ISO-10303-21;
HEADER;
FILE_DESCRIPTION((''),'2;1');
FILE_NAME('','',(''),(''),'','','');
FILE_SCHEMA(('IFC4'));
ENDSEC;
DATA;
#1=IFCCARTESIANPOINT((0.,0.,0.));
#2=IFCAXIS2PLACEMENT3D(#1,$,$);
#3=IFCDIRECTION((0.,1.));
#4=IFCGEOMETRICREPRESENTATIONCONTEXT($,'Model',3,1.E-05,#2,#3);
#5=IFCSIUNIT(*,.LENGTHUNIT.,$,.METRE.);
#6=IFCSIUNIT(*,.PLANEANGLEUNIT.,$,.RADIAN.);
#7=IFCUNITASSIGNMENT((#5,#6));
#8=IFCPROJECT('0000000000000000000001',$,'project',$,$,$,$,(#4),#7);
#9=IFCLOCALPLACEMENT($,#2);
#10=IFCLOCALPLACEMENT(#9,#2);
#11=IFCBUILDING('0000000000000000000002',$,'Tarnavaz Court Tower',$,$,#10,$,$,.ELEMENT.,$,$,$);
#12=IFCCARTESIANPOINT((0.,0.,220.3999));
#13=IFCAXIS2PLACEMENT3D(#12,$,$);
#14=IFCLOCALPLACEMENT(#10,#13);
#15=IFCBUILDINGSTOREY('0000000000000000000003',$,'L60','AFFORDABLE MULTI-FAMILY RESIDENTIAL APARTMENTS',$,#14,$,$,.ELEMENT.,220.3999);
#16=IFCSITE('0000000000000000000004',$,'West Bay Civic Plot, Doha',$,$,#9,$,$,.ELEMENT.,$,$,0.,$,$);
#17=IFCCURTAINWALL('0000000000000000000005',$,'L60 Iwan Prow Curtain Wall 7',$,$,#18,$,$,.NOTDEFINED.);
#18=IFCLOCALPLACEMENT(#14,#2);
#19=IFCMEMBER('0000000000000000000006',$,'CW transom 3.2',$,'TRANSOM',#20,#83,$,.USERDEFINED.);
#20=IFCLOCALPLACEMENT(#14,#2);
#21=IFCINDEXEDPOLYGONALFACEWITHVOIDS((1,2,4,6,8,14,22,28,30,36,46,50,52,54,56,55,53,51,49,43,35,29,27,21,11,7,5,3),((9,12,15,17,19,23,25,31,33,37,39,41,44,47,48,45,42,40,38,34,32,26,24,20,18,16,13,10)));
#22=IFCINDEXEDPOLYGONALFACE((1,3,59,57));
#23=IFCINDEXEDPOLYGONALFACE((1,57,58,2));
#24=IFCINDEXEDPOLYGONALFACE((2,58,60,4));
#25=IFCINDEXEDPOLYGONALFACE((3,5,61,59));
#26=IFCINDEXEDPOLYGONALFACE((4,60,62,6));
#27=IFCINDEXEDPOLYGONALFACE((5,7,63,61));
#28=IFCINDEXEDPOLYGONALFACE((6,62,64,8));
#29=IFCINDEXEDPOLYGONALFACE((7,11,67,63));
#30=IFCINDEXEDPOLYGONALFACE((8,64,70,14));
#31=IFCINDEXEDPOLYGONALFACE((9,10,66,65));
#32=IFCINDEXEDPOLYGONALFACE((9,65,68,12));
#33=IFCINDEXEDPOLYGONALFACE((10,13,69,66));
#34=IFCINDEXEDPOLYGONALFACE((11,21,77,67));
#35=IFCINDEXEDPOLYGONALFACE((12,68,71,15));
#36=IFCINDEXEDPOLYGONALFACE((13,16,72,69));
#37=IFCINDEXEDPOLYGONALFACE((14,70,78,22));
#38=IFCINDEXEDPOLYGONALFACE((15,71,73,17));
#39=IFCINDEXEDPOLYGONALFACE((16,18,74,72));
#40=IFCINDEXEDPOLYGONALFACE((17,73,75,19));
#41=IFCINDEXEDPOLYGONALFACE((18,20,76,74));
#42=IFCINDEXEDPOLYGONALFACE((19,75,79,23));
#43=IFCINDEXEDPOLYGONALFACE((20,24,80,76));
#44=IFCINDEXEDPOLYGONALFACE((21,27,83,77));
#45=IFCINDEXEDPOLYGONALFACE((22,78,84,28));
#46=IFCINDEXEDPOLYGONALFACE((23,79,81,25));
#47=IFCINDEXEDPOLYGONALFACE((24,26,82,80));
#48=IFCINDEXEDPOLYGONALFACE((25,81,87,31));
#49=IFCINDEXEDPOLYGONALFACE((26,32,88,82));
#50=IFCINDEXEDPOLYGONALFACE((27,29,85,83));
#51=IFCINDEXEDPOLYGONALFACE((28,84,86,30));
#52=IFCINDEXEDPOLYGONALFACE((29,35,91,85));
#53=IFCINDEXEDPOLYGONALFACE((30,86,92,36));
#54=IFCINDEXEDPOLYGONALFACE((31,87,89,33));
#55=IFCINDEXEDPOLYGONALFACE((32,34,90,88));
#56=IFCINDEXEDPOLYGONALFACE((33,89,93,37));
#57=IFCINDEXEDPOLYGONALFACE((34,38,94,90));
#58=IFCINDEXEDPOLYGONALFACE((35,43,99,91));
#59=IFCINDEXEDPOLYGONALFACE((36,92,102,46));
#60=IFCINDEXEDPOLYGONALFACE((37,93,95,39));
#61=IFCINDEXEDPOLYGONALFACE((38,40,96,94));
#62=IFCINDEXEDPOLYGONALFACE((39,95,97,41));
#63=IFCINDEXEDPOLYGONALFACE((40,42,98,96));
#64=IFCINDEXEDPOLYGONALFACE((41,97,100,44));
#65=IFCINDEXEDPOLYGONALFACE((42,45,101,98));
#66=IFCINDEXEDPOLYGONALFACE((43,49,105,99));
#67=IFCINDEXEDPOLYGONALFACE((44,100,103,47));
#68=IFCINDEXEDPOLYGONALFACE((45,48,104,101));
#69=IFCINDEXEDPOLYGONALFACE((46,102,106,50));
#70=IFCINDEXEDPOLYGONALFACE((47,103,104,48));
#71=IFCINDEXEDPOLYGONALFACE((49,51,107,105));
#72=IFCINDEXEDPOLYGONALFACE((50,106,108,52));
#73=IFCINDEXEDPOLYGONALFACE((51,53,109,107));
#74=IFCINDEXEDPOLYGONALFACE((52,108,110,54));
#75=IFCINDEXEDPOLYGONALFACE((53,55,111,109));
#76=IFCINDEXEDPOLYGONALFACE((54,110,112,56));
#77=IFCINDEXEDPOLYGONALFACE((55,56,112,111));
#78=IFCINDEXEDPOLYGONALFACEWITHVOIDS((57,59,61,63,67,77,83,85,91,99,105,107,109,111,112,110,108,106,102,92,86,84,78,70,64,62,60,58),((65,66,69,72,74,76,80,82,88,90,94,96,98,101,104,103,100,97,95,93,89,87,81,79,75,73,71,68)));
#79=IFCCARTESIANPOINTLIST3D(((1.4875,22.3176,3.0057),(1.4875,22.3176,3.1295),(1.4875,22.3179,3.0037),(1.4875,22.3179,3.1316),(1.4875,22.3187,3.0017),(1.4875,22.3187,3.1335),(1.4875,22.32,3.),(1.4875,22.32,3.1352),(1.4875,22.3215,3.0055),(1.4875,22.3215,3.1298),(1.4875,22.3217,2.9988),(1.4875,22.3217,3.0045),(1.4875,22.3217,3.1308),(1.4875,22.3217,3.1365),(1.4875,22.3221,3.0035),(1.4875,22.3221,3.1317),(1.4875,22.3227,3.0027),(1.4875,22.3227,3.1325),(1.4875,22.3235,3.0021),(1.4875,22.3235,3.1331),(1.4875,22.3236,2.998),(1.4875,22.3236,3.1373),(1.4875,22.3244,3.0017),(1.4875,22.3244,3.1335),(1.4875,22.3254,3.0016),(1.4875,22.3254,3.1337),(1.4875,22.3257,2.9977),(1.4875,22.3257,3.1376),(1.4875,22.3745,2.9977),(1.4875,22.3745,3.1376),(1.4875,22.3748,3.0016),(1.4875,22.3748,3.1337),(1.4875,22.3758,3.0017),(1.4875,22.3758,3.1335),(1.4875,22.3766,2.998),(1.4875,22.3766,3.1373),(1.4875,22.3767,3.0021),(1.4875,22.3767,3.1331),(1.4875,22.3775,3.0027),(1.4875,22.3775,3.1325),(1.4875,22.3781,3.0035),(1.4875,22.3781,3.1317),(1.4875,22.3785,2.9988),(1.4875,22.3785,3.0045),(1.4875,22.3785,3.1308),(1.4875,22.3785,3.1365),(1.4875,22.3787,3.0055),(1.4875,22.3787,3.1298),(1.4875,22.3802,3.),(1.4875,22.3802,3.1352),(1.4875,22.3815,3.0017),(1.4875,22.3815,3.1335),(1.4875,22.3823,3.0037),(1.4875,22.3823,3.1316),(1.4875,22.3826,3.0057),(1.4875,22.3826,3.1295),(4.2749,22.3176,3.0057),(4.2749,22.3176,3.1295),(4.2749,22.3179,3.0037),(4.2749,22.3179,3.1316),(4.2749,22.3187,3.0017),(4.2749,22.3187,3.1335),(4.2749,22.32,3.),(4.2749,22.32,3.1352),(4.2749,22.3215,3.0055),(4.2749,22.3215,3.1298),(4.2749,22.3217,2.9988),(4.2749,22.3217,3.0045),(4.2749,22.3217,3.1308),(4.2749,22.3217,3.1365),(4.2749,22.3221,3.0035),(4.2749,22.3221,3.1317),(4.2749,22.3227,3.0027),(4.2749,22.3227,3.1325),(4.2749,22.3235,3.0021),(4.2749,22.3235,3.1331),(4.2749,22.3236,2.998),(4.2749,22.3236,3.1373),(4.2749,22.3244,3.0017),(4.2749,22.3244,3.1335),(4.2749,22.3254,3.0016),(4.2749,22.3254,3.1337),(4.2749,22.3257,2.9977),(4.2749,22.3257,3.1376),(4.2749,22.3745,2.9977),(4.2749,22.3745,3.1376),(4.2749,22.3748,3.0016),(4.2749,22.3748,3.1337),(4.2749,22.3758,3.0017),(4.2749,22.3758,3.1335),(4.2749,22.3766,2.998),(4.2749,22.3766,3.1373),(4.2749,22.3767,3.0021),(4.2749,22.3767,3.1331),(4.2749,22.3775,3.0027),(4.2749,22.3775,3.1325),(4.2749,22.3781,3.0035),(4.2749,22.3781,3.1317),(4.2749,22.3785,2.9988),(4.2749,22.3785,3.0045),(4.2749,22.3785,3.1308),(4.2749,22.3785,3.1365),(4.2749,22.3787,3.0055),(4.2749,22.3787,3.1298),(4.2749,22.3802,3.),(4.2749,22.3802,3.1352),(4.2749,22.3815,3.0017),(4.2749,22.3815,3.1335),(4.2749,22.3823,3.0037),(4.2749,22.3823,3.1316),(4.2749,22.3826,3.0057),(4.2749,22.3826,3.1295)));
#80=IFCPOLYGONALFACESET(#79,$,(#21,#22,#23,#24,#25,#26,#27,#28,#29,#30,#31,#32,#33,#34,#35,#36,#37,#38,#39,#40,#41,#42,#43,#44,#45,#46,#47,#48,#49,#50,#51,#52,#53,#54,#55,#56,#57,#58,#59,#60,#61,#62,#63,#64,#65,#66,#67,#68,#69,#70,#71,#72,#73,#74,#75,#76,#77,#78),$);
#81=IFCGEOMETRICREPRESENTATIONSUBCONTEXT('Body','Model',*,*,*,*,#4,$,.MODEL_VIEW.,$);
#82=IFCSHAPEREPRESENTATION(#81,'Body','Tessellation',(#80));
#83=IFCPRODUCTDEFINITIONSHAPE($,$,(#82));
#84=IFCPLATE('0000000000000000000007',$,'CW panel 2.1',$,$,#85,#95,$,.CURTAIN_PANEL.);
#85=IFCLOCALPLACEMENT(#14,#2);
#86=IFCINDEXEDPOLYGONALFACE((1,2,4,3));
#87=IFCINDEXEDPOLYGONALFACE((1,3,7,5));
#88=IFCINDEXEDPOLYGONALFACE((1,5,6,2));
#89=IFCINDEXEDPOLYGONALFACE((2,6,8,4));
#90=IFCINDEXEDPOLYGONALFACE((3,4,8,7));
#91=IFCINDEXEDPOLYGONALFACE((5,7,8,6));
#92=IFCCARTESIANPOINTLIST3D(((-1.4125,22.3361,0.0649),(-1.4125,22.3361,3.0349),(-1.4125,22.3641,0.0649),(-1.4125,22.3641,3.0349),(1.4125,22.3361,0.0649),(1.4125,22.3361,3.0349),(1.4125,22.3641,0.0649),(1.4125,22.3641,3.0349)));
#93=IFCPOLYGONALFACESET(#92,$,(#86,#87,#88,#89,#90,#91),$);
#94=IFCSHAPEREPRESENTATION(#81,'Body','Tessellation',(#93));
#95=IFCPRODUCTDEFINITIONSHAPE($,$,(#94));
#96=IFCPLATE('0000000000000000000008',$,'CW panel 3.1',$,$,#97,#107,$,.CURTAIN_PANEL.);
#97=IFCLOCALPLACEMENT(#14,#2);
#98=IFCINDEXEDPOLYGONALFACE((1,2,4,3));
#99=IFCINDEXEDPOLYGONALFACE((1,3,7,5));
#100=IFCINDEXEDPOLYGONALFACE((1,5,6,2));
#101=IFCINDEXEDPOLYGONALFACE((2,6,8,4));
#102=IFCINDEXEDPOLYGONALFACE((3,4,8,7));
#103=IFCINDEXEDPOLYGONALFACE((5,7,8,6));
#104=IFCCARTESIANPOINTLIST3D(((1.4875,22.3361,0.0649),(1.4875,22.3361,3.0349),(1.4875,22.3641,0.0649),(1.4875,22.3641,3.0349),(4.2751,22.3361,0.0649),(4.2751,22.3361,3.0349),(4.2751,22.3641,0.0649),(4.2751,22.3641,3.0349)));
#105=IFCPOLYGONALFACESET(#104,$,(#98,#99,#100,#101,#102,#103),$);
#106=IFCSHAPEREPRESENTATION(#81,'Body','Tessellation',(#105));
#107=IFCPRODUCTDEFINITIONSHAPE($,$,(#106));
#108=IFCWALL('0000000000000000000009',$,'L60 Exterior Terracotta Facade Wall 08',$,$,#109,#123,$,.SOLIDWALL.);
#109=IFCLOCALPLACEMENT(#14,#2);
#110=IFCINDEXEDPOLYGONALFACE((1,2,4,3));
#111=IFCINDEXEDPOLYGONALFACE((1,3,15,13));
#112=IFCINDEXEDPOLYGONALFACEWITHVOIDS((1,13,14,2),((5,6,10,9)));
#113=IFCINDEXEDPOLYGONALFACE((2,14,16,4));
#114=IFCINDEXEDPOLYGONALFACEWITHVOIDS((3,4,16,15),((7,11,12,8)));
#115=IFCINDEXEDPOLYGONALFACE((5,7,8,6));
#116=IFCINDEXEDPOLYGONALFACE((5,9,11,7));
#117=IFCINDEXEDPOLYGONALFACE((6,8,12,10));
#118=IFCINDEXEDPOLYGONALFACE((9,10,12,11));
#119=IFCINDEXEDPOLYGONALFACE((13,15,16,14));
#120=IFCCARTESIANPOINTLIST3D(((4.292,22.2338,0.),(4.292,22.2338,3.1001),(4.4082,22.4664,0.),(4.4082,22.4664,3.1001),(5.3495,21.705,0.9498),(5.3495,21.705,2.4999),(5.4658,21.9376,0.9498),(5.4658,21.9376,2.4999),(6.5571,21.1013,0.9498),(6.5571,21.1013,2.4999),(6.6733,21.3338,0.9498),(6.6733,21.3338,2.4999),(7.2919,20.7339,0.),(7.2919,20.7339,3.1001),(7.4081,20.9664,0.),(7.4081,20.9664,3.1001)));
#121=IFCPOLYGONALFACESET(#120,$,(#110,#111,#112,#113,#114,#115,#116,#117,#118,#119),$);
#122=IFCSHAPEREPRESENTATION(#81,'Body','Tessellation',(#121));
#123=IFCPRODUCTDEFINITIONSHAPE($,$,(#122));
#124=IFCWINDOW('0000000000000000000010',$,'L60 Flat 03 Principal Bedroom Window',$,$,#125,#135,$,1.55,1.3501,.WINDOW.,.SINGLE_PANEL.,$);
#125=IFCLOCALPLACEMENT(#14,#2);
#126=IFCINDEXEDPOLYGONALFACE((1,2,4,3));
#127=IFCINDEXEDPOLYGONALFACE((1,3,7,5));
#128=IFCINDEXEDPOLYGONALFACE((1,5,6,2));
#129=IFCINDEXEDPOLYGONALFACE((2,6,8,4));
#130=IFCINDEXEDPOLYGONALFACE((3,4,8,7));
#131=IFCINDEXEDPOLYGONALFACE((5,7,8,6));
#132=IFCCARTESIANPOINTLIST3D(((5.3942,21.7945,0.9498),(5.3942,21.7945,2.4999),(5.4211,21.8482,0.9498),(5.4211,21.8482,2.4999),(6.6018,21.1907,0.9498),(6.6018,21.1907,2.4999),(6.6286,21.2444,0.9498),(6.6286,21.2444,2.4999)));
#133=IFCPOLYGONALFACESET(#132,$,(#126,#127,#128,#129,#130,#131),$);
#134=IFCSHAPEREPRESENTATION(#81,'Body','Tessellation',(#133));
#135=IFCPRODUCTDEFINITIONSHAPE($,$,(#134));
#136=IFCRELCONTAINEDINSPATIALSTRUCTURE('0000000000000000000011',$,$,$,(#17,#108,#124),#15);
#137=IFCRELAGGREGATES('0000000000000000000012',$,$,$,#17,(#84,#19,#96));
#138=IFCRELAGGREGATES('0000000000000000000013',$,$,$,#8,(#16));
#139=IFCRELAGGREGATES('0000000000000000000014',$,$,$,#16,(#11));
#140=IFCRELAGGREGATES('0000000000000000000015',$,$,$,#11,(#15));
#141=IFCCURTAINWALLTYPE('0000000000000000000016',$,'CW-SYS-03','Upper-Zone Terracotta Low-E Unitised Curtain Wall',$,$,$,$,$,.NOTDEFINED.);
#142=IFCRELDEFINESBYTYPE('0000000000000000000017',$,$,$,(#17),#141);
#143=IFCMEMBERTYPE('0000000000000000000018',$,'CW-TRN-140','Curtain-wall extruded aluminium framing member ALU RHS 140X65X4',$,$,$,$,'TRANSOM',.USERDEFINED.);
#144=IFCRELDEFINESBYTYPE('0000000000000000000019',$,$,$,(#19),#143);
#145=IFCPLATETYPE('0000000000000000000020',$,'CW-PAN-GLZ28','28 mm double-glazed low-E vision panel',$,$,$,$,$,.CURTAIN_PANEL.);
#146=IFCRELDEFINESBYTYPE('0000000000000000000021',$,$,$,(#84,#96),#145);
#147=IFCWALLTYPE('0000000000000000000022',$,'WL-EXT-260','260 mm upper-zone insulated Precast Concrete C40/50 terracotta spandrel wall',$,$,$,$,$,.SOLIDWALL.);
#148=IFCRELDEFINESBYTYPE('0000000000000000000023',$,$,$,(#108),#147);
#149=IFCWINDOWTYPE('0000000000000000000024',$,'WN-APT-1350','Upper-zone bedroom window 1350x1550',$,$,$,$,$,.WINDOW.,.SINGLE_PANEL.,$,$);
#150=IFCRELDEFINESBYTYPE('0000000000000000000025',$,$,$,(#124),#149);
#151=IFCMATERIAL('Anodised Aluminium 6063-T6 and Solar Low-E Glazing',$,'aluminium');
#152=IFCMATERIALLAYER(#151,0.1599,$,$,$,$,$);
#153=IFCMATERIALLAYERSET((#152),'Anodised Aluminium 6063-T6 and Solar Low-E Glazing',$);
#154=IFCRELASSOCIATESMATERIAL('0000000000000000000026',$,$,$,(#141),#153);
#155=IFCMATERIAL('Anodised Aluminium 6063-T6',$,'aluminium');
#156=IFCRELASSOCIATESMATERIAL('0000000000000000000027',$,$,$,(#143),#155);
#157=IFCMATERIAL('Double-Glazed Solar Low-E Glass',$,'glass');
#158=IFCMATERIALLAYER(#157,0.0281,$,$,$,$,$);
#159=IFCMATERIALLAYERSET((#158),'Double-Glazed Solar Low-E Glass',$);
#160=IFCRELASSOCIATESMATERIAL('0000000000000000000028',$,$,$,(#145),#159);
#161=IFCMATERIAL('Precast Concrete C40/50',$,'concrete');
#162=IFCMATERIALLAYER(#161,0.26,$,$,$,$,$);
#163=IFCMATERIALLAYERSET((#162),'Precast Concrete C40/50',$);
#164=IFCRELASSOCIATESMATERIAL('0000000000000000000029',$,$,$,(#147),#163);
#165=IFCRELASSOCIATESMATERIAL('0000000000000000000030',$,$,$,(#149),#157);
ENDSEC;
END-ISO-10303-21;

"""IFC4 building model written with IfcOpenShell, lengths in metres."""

from ifc_helpers import new_model, si_unit, direction, frame, frame_2d, origin, origin_2d, place, context, subcontext, project, spatial, rectangle, hollow_rectangle, extrude, material, layer, layer_set, material_profile, profile_set, type_object, element, fill, aggregate, save


model = new_model("IFC4")

# Units and contexts
model_context = context("Model", 3, precision=1e-05, world=origin(), true_north=direction((0.0, 1.0)))
body_context = subcontext(model_context, "Body", "Model", "MODEL_VIEW")
ifc_project = project(units=[si_unit("LENGTHUNIT", "METRE"), si_unit("PLANEANGLEUNIT", "RADIAN")], contexts=[model_context])

# Site, building, storey
site_placement = place(None, origin())
site = spatial("IfcSite", under=ifc_project, at=site_placement, Name="West Bay Civic Plot, Doha", CompositionType="ELEMENT", RefElevation=0.0)
building_placement = place(site_placement, origin())
building = spatial("IfcBuilding", under=site, at=building_placement, Name="Tarnavaz Court Tower", CompositionType="ELEMENT")
storey_placement = place(building_placement, frame((0.0, 0.0, 220.3999)))
storey = spatial("IfcBuildingStorey", under=building, at=storey_placement, Name="L60", Description="AFFORDABLE MULTI-FAMILY RESIDENTIAL APARTMENTS", CompositionType="ELEMENT", Elevation=220.3999)

# Curtain wall, member, plates
ifc_material_1 = material(Name="Anodised Aluminium 6063-T6 and Solar Low-E Glazing", Category="aluminium")
ifc_layer_1 = layer(ifc_material_1, 0.1599)
ifc_layer_set_1 = layer_set([ifc_layer_1], Name="Anodised Aluminium 6063-T6 and Solar Low-E Glazing")
curtain_wall_type = type_object("IfcCurtainWallType", Name="CW-SYS-03", Description="Upper-Zone Terracotta Low-E Unitised Curtain Wall", PredefinedType="NOTDEFINED", material=ifc_layer_set_1)
curtain_wall_placement = place(storey_placement, origin())
curtain_wall = element("IfcCurtainWall", 1, at=curtain_wall_placement, inside=storey, type_object=curtain_wall_type, Name="L60 Iwan Prow Curtain Wall 7", PredefinedType="NOTDEFINED")
ifc_material_2 = material(Name="Anodised Aluminium 6063-T6", Category="aluminium")
ifc_material_profile_1 = material_profile(ifc_material_2, hollow_rectangle(XDim=0.0649, YDim=0.1399, WallThickness=0.0039, InnerFilletRadius=0.0039, OuterFilletRadius=0.0081, at=origin_2d()), Name="ALU RHS 140X65X4")
ifc_profile_set_1 = profile_set([ifc_material_profile_1], Name="Anodised Aluminium 6063-T6")
member_type_1 = type_object("IfcMemberType", Name="CW-TRN-140", Description="Curtain-wall extruded aluminium framing member ALU RHS 140X65X4", ElementType="TRANSOM", PredefinedType="USERDEFINED", material=ifc_profile_set_1)
member_1_placement = place(storey_placement, frame((1.4875, 22.3501, 3.0676), z_axis=(1.0, 0.0, 0.0), x_axis=(0.0, 1.0, 0.0)))
member_1 = element("IfcMember", 2, at=member_1_placement, type_object=member_type_1, Name="CW transom 3.2", ObjectType="TRANSOM", PredefinedType="USERDEFINED", context=body_context, shape_type="SweptSolid", body=[
    extrude(hollow_rectangle(XDim=0.0649, YDim=0.1399, WallThickness=0.0039, InnerFilletRadius=0.0039, OuterFilletRadius=0.0081, at=origin_2d()), origin(), (0.0, 0.0, 1.0), 2.7874),
])
ifc_material_3 = material(Name="Double-Glazed Solar Low-E Glass", Category="glass")
ifc_layer_2 = layer(ifc_material_3, 0.0281)
ifc_layer_set_2 = layer_set([ifc_layer_2], Name="Double-Glazed Solar Low-E Glass")
plate_type = type_object("IfcPlateType", Name="CW-PAN-GLZ28", Description="28 mm double-glazed low-E vision panel", PredefinedType="CURTAIN_PANEL", material=ifc_layer_set_2)
plate_1_placement = place(storey_placement, frame((0.0, 22.3501, 0.0649), z_axis=(0.0, 0.0, 1.0), x_axis=(1.0, 0.0, 0.0)))
plate_1 = element("IfcPlate", 3, at=plate_1_placement, type_object=plate_type, Name="CW panel 2.1", PredefinedType="CURTAIN_PANEL", context=body_context, shape_type="SweptSolid", body=[
    extrude(rectangle(XDim=2.825, YDim=0.0281, at=origin_2d()), origin(), (0.0, 0.0, 1.0), 2.97),
])
plate_2_placement = place(storey_placement, frame((2.8813, 22.3501, 0.0649), z_axis=(0.0, 0.0, 1.0), x_axis=(1.0, 0.0, 0.0)))
plate_2 = element("IfcPlate", 4, at=plate_2_placement, type_object=plate_type, Name="CW panel 3.1", PredefinedType="CURTAIN_PANEL", context=body_context, shape_type="SweptSolid", body=[
    extrude(rectangle(XDim=2.7876, YDim=0.0281, at=origin_2d()), origin(), (0.0, 0.0, 1.0), 2.97),
])
aggregate(curtain_wall, [plate_1, member_1, plate_2])

# Wall, opening, window
ifc_material_4 = material(Name="Precast Concrete C40/50", Category="concrete")
ifc_layer_3 = layer(ifc_material_4, 0.26)
ifc_layer_set_3 = layer_set([ifc_layer_3], Name="Precast Concrete C40/50")
wall_type_1 = type_object("IfcWallType", Name="WL-EXT-260", Description="260 mm upper-zone insulated Precast Concrete C40/50 terracotta spandrel wall", PredefinedType="SOLIDWALL", material=ifc_layer_set_3)
wall_1_placement = place(storey_placement, frame((4.3501, 22.3501, 0.0), z_axis=(0.0, 0.0, 1.0), x_axis=(0.894427, -0.447214, 0.0)))
wall_1 = element("IfcWall", 5, at=wall_1_placement, inside=storey, type_object=wall_type_1, Name="L60 Exterior Terracotta Facade Wall 08", PredefinedType="SOLIDWALL", context=body_context, shape_type="SweptSolid", body=[
    extrude(rectangle(XDim=3.354, YDim=0.26, at=frame_2d((1.677, 0.0))), origin(), (0.0, 0.0, 1.0), 3.1001),
])
opening_1_placement = place(wall_1_placement, frame((1.1824, 0.0, 0.95)))
opening_1 = element("IfcOpeningElement", 6, at=opening_1_placement, cuts=wall_1, PredefinedType="OPENING", context=body_context, shape_type="SweptSolid", body=[
    extrude(rectangle(XDim=1.3501, YDim=1.55, at=frame_2d((0.675, 0.7749))), frame((0.0, 0.1399, 0.0), z_axis=(0.0, -1.0, 0.0), x_axis=(1.0, 0.0, 0.0)), (0.0, 0.0, 1.0), 0.28),
])
window_type_1 = type_object("IfcWindowType", Name="WN-APT-1350", Description="Upper-zone bedroom window 1350x1550", PartitioningType="SINGLE_PANEL", PredefinedType="WINDOW", material=ifc_material_3)
window_1_placement = place(opening_1_placement, origin())
window_1 = element("IfcWindow", 7, at=window_1_placement, inside=storey, type_object=window_type_1, Name="L60 Flat 03 Principal Bedroom Window", OverallHeight=1.55, OverallWidth=1.3501, PartitioningType="SINGLE_PANEL", PredefinedType="WINDOW", context=body_context, shape_type="SweptSolid", body=[
    extrude(rectangle(XDim=1.3501, YDim=1.55, at=frame_2d((0.675, 0.7749))), frame((0.0, 0.03, 0.0), z_axis=(0.0, -1.0, 0.0), x_axis=(1.0, 0.0, 0.0)), (0.0, 0.0, 1.0), 0.0601),
])
fill(opening_1, window_1)

save(model, "model.ifc")
